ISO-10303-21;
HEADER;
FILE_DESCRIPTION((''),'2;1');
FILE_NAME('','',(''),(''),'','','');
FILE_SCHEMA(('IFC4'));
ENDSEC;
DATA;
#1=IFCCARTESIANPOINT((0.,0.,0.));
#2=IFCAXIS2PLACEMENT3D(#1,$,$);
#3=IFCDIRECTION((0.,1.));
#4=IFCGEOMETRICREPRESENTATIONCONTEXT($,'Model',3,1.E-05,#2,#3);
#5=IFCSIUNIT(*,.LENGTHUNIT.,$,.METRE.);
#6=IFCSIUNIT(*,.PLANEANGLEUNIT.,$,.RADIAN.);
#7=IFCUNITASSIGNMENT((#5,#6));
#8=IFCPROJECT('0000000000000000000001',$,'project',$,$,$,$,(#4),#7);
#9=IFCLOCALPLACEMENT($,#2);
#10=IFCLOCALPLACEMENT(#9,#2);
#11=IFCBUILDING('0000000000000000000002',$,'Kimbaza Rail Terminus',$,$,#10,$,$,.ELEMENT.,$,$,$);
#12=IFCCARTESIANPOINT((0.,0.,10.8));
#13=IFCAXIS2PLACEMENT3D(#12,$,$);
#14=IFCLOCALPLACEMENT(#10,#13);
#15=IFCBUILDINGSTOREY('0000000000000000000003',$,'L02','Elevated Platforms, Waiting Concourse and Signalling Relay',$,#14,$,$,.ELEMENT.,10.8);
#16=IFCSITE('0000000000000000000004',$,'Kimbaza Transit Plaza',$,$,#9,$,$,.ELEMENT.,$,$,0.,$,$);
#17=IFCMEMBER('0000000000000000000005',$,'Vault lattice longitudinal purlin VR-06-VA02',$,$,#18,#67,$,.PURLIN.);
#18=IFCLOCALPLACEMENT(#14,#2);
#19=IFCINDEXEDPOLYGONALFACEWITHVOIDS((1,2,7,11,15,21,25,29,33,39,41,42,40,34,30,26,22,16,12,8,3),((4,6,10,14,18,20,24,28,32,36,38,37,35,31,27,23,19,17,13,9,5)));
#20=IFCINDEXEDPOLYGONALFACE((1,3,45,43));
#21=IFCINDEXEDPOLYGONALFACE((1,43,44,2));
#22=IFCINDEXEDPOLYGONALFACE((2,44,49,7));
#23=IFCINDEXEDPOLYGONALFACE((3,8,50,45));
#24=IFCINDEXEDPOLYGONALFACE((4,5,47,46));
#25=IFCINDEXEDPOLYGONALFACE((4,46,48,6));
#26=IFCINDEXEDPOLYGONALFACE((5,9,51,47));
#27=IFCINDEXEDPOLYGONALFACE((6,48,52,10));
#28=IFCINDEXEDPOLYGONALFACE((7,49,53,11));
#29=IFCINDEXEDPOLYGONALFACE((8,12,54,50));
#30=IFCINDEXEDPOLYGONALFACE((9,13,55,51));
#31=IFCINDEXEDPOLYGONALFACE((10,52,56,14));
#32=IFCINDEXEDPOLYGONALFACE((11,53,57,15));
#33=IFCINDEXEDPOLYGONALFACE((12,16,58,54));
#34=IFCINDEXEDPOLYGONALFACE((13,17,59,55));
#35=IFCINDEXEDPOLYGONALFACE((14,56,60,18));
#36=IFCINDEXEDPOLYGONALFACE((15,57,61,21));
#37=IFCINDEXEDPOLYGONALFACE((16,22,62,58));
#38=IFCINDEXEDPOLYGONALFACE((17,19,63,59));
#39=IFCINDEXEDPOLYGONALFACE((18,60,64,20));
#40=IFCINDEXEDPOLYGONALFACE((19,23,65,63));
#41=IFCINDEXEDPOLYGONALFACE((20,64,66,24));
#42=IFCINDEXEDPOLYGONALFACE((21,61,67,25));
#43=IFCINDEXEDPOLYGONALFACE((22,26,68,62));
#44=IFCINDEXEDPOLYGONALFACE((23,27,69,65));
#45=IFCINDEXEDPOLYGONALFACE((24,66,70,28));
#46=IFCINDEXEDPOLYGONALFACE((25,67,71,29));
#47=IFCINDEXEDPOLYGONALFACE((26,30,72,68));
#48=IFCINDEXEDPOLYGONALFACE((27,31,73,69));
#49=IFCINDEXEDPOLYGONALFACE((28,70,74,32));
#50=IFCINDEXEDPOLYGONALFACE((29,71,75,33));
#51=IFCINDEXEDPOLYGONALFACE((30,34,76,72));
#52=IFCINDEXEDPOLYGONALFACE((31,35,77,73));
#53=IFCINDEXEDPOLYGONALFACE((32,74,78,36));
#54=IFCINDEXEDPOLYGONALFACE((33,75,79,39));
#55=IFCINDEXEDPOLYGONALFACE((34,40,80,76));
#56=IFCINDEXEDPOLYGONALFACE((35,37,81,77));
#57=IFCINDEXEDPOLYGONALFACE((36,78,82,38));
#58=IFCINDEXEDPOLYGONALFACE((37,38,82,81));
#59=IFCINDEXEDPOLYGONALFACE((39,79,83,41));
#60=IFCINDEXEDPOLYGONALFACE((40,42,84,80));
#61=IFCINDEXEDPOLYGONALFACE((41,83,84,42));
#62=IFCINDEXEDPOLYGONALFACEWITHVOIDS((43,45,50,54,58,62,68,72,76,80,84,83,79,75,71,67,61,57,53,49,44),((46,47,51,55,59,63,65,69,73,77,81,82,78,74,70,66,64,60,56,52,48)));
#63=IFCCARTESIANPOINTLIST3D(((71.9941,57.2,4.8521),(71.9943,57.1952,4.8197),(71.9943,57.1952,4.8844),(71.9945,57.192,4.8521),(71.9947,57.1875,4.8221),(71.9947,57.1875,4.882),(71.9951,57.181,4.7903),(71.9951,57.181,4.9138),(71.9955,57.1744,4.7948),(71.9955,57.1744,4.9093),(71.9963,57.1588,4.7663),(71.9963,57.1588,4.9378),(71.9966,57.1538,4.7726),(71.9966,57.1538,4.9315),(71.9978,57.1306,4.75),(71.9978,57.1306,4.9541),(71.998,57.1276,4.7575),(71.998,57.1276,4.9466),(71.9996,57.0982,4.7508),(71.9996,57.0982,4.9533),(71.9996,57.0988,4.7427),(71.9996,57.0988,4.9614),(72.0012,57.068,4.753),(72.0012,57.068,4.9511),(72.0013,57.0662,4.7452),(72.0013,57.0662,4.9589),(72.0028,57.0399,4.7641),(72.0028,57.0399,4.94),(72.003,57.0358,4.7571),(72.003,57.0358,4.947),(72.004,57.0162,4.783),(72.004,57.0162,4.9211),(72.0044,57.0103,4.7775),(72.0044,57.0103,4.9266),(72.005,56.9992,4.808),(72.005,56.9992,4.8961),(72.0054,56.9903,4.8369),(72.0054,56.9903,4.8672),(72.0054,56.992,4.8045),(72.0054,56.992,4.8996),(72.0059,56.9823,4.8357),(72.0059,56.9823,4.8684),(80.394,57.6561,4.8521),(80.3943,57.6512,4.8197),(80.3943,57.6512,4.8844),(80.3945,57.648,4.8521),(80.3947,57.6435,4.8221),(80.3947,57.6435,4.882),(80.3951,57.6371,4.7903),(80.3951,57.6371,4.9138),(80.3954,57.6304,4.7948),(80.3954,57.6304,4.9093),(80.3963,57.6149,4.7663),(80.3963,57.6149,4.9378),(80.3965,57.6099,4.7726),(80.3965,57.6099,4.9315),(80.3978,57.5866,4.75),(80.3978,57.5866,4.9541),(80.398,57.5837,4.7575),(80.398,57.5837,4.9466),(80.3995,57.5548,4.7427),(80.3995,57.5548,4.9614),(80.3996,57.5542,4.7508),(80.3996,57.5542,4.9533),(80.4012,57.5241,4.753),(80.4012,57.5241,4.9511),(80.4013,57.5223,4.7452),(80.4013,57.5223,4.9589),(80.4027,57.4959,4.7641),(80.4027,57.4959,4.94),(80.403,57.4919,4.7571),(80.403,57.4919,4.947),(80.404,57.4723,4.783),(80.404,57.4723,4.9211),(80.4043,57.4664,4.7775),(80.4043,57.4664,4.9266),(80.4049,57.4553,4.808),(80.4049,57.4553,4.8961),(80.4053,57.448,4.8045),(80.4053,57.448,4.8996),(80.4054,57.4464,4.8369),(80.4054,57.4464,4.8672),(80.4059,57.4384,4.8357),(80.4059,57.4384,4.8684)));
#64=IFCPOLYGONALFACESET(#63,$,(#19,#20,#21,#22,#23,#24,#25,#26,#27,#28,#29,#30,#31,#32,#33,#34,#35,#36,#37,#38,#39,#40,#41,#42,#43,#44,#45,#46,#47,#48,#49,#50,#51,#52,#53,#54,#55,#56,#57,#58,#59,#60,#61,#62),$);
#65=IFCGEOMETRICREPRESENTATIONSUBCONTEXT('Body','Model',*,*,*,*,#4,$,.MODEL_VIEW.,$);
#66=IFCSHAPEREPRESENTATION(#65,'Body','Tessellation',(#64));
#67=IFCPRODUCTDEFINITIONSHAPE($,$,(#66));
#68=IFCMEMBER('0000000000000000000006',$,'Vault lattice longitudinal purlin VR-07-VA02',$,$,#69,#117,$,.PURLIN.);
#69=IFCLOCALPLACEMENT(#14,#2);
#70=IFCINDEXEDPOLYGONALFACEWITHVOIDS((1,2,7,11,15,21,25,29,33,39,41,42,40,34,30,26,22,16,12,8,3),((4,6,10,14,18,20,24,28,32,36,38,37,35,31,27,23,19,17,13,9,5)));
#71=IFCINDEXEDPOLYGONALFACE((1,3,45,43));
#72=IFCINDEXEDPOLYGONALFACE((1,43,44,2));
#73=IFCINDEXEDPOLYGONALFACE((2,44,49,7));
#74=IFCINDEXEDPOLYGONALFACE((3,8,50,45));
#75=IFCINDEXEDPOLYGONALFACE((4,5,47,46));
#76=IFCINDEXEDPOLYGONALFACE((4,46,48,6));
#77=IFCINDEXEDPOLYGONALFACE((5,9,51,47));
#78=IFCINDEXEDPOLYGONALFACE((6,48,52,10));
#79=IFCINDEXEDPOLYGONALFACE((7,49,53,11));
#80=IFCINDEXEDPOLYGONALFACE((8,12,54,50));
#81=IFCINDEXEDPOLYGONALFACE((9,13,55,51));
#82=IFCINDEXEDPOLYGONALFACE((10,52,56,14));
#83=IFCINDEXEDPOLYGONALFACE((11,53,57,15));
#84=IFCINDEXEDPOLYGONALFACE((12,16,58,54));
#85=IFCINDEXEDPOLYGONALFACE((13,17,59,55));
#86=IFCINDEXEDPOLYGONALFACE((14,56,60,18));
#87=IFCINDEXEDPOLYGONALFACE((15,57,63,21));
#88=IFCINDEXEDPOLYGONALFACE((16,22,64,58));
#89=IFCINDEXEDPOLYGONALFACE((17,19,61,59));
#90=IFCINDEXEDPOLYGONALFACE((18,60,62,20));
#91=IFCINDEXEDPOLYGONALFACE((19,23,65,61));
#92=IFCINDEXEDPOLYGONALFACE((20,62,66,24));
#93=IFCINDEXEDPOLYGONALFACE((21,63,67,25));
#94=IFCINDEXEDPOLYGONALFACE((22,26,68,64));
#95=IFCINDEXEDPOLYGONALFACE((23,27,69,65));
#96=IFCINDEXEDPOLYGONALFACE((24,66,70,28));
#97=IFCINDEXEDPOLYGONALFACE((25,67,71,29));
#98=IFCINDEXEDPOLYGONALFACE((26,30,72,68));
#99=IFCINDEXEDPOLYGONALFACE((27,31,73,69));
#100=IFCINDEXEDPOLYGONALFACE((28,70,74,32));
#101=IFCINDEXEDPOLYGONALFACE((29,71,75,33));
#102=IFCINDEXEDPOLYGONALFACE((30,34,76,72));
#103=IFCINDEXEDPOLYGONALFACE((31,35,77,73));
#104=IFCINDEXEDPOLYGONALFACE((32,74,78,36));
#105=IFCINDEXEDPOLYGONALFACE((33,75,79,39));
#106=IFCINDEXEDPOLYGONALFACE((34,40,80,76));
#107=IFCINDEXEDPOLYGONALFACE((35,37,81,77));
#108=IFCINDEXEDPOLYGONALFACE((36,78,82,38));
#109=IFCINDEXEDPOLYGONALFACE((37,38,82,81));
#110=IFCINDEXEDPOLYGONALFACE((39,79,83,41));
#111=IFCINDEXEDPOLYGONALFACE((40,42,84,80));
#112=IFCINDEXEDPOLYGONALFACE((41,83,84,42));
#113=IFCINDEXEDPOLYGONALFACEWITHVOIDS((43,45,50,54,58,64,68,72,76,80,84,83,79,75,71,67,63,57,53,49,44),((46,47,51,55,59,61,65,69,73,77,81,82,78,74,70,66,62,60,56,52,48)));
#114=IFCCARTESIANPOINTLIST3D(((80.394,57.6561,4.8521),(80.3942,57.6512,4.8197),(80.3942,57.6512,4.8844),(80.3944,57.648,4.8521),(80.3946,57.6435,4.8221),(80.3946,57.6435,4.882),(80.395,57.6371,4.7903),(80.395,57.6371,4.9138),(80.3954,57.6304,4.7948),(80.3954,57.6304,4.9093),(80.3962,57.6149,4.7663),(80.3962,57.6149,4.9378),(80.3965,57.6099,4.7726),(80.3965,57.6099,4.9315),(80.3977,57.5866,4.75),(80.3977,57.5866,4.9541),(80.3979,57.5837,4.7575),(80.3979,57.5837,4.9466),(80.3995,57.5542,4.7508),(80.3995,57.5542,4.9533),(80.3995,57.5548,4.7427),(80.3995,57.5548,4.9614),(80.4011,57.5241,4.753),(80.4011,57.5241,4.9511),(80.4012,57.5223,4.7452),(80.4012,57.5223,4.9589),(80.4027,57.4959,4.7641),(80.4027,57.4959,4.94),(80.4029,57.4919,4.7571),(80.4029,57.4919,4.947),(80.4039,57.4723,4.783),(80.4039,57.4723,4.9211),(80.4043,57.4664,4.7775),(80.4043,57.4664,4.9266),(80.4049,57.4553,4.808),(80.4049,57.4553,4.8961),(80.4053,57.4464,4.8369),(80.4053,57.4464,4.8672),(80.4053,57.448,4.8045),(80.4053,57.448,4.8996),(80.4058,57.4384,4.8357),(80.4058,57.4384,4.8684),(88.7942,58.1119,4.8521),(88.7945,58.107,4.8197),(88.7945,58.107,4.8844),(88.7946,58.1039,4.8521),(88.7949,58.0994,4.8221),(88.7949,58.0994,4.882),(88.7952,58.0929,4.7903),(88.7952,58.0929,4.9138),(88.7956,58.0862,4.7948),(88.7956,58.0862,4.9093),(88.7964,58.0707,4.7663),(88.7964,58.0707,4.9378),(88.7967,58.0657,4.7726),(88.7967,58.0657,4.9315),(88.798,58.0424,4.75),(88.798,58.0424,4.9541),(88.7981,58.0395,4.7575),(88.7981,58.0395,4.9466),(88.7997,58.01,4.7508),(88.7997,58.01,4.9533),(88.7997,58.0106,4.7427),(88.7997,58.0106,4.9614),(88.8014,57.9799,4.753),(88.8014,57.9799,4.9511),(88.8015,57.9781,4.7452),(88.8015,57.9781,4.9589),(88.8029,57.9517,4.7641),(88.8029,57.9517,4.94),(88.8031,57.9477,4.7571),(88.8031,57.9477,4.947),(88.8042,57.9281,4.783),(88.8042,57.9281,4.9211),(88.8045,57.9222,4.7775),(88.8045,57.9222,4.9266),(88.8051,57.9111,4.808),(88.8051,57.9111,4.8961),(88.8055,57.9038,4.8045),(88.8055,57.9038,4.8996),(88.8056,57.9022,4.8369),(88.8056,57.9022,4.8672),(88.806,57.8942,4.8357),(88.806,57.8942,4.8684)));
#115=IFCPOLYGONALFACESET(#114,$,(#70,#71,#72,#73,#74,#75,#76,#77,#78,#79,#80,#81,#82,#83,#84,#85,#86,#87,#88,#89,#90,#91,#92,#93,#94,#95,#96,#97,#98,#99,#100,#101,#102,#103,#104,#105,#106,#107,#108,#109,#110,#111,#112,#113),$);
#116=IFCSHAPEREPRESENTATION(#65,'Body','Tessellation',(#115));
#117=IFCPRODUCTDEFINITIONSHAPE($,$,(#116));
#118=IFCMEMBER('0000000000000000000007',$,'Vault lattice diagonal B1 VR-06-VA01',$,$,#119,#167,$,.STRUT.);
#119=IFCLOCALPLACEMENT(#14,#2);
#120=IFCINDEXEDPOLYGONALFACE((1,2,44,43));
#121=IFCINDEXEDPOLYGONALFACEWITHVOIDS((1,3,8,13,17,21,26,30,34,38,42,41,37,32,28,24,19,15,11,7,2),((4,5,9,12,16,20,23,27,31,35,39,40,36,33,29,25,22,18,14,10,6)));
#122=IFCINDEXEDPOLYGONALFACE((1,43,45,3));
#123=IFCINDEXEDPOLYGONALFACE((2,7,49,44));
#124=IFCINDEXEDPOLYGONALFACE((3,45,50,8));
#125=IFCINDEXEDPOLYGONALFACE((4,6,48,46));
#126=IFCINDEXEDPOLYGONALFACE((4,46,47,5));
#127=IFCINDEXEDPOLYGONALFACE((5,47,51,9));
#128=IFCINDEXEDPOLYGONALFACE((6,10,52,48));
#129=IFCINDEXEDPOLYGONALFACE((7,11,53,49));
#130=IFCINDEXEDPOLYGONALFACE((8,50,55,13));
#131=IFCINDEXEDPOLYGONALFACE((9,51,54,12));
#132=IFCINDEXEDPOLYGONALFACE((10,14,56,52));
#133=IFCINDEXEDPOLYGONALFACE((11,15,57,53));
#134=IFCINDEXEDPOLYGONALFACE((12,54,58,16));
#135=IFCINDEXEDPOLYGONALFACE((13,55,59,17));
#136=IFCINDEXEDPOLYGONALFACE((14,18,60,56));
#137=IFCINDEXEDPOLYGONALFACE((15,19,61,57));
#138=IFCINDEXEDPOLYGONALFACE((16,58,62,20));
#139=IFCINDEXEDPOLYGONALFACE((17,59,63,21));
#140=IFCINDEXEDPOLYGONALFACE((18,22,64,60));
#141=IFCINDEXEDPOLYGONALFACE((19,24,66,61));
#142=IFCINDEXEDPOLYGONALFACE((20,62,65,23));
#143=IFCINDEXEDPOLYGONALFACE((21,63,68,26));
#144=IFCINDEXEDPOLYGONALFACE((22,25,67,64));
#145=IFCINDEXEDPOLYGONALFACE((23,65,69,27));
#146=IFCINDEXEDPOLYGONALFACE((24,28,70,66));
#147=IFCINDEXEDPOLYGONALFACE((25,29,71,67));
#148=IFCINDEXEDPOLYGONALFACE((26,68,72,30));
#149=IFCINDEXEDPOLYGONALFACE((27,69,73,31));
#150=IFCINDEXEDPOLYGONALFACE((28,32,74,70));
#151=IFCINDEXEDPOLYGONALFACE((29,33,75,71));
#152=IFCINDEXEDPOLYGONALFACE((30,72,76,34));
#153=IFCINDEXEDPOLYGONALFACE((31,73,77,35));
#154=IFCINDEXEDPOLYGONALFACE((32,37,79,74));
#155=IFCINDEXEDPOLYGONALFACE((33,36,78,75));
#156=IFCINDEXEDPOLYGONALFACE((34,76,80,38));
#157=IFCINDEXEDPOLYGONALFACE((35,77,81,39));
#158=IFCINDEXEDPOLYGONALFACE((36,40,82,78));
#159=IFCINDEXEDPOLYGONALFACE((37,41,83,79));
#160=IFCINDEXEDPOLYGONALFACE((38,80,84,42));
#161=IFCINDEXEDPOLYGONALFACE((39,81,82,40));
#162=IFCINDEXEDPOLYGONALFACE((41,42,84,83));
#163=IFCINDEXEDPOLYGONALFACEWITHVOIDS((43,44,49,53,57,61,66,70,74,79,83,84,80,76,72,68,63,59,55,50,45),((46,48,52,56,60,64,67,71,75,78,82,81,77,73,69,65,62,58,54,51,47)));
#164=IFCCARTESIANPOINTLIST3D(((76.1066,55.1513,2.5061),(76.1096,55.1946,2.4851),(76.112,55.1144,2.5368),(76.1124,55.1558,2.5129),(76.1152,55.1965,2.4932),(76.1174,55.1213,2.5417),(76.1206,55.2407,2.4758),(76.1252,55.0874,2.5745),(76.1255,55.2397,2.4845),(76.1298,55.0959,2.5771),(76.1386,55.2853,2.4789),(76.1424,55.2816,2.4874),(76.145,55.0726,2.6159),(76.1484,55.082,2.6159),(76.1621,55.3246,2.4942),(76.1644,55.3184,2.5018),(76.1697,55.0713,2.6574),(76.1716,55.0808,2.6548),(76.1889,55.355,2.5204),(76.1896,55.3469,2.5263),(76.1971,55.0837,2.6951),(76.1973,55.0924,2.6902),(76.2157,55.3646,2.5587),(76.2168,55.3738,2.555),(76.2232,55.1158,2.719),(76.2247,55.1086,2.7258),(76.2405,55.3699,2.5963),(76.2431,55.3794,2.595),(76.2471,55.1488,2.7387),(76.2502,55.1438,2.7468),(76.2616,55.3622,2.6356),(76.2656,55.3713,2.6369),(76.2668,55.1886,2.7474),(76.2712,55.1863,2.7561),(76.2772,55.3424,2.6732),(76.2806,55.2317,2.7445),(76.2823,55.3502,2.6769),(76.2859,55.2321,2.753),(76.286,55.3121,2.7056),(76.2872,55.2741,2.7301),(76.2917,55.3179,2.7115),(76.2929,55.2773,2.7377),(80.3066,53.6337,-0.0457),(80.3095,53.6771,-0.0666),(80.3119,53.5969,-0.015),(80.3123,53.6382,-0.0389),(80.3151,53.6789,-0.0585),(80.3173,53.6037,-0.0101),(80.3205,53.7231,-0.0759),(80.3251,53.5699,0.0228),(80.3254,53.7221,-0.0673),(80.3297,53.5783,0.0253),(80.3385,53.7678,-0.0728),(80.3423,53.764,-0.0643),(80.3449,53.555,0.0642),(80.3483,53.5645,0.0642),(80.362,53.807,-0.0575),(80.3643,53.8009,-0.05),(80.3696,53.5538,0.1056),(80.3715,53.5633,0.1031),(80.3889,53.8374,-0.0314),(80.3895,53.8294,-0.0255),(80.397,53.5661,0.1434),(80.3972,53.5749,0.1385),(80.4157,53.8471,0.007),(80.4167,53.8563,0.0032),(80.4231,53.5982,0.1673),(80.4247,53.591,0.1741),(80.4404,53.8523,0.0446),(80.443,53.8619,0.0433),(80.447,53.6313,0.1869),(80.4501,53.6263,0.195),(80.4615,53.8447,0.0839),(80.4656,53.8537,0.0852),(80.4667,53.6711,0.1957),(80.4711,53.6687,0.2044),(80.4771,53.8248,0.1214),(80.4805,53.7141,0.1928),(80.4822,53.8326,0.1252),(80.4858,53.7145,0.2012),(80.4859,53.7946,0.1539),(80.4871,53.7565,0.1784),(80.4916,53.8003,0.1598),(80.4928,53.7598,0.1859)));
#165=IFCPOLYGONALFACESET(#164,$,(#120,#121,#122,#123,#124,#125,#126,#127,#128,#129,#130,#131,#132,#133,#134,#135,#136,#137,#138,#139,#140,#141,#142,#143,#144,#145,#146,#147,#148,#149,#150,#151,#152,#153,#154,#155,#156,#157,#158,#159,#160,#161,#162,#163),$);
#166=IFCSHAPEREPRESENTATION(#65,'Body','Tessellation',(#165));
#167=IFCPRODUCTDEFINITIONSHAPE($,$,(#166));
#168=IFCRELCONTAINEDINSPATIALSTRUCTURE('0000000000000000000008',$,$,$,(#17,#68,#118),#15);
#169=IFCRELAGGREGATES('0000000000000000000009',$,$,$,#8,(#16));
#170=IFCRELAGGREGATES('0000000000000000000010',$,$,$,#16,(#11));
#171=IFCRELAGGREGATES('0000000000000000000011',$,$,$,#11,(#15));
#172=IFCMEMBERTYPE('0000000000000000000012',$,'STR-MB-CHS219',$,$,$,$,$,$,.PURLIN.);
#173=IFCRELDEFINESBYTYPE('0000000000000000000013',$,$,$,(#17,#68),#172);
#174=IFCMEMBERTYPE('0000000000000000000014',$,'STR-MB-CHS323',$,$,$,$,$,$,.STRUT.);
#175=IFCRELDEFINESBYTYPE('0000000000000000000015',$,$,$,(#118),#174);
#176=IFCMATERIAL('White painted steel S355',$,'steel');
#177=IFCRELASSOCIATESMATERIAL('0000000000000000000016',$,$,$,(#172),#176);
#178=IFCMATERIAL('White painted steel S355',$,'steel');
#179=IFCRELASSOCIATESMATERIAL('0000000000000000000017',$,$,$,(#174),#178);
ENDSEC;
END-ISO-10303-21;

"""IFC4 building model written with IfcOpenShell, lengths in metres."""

from ifc_helpers import new_model, si_unit, direction, frame, origin, origin_2d, place, context, subcontext, project, spatial, hollow_circle, extrude, material, material_profile, profile_set, type_object, element, save


model = new_model("IFC4")

# Units and contexts
model_context = context("Model", 3, precision=1e-05, world=origin(), true_north=direction((0.0, 1.0)))
body_context = subcontext(model_context, "Body", "Model", "MODEL_VIEW")
ifc_project = project(units=[si_unit("LENGTHUNIT", "METRE"), si_unit("PLANEANGLEUNIT", "RADIAN")], contexts=[model_context])

# Site, building, storey
site_placement = place(None, origin())
site = spatial("IfcSite", under=ifc_project, at=site_placement, Name="Kimbaza Transit Plaza", CompositionType="ELEMENT", RefElevation=0.0)
building_placement = place(site_placement, origin())
building = spatial("IfcBuilding", under=site, at=building_placement, Name="Kimbaza Rail Terminus", CompositionType="ELEMENT")
storey_placement = place(building_placement, frame((0.0, 0.0, 10.8)))
storey = spatial("IfcBuildingStorey", under=building, at=storey_placement, Name="L02", Description="Elevated Platforms, Waiting Concourse and Signalling Relay", CompositionType="ELEMENT", Elevation=10.8)

# Members
ifc_material_1 = material(Name="White painted steel S355", Category="steel")
ifc_material_profile_1 = material_profile(ifc_material_1, hollow_circle(Radius=0.1096, WallThickness=0.0081, at=origin_2d()), Name="CHS 219.1x8")
ifc_profile_set_1 = profile_set([ifc_material_profile_1], Name="White painted steel S355")
member_type_1 = type_object("IfcMemberType", Name="STR-MB-CHS219", PredefinedType="PURLIN", material=ifc_profile_set_1)
member_1_placement = place(storey_placement, frame((72.0, 57.0906, 4.8521), z_axis=(0.998529, 0.054213, 0.0), x_axis=(-0.054213, 0.998529, 0.0)))
element("IfcMember", 1, at=member_1_placement, inside=storey, type_object=member_type_1, Name="Vault lattice longitudinal purlin VR-06-VA02", PredefinedType="PURLIN", context=body_context, shape_type="SweptSolid", body=[
    extrude(hollow_circle(Radius=0.1096, WallThickness=0.0081, at=origin_2d()), origin(), (0.0, 0.0, 1.0), 8.4124),
])
member_2_placement = place(storey_placement, frame((80.3999, 57.5466, 4.8521), z_axis=(0.998531, 0.054183, 0.0), x_axis=(-0.054183, 0.998531, 0.0)))
element("IfcMember", 2, at=member_2_placement, inside=storey, type_object=member_type_1, Name="Vault lattice longitudinal purlin VR-07-VA02", PredefinedType="PURLIN", context=body_context, shape_type="SweptSolid", body=[
    extrude(hollow_circle(Radius=0.1096, WallThickness=0.0081, at=origin_2d()), origin(), (0.0, 0.0, 1.0), 8.4126),
])
ifc_material_2 = material(Name="White painted steel S355", Category="steel")
ifc_material_profile_2 = material_profile(ifc_material_2, hollow_circle(Radius=0.1619, WallThickness=0.01, at=origin_2d()), Name="CHS 323.9x10")
ifc_profile_set_2 = profile_set([ifc_material_profile_2], Name="White painted steel S355")
member_type_2 = type_object("IfcMemberType", Name="STR-MB-CHS323", PredefinedType="STRUT", material=ifc_profile_set_2)
for number, where, z_axis, x_axis, name in (
    (3, (80.3999, 53.7073, 0.0642), (-0.816578, 0.295056, 0.496127), (-0.339829, -0.940487, 0.0), "Vault lattice diagonal B1 VR-06-VA01"),
):
    element("IfcMember", number, at=place(storey_placement, frame(where, z_axis=z_axis, x_axis=x_axis)), inside=storey, type_object=member_type_2, Name=name, PredefinedType="STRUT", context=body_context, shape_type="SweptSolid", body=[
        extrude(hollow_circle(Radius=0.1619, WallThickness=0.01, at=origin_2d()), origin(), (0.0, 0.0, 1.0), 5.1433),
    ])

save(model, "model.ifc")
